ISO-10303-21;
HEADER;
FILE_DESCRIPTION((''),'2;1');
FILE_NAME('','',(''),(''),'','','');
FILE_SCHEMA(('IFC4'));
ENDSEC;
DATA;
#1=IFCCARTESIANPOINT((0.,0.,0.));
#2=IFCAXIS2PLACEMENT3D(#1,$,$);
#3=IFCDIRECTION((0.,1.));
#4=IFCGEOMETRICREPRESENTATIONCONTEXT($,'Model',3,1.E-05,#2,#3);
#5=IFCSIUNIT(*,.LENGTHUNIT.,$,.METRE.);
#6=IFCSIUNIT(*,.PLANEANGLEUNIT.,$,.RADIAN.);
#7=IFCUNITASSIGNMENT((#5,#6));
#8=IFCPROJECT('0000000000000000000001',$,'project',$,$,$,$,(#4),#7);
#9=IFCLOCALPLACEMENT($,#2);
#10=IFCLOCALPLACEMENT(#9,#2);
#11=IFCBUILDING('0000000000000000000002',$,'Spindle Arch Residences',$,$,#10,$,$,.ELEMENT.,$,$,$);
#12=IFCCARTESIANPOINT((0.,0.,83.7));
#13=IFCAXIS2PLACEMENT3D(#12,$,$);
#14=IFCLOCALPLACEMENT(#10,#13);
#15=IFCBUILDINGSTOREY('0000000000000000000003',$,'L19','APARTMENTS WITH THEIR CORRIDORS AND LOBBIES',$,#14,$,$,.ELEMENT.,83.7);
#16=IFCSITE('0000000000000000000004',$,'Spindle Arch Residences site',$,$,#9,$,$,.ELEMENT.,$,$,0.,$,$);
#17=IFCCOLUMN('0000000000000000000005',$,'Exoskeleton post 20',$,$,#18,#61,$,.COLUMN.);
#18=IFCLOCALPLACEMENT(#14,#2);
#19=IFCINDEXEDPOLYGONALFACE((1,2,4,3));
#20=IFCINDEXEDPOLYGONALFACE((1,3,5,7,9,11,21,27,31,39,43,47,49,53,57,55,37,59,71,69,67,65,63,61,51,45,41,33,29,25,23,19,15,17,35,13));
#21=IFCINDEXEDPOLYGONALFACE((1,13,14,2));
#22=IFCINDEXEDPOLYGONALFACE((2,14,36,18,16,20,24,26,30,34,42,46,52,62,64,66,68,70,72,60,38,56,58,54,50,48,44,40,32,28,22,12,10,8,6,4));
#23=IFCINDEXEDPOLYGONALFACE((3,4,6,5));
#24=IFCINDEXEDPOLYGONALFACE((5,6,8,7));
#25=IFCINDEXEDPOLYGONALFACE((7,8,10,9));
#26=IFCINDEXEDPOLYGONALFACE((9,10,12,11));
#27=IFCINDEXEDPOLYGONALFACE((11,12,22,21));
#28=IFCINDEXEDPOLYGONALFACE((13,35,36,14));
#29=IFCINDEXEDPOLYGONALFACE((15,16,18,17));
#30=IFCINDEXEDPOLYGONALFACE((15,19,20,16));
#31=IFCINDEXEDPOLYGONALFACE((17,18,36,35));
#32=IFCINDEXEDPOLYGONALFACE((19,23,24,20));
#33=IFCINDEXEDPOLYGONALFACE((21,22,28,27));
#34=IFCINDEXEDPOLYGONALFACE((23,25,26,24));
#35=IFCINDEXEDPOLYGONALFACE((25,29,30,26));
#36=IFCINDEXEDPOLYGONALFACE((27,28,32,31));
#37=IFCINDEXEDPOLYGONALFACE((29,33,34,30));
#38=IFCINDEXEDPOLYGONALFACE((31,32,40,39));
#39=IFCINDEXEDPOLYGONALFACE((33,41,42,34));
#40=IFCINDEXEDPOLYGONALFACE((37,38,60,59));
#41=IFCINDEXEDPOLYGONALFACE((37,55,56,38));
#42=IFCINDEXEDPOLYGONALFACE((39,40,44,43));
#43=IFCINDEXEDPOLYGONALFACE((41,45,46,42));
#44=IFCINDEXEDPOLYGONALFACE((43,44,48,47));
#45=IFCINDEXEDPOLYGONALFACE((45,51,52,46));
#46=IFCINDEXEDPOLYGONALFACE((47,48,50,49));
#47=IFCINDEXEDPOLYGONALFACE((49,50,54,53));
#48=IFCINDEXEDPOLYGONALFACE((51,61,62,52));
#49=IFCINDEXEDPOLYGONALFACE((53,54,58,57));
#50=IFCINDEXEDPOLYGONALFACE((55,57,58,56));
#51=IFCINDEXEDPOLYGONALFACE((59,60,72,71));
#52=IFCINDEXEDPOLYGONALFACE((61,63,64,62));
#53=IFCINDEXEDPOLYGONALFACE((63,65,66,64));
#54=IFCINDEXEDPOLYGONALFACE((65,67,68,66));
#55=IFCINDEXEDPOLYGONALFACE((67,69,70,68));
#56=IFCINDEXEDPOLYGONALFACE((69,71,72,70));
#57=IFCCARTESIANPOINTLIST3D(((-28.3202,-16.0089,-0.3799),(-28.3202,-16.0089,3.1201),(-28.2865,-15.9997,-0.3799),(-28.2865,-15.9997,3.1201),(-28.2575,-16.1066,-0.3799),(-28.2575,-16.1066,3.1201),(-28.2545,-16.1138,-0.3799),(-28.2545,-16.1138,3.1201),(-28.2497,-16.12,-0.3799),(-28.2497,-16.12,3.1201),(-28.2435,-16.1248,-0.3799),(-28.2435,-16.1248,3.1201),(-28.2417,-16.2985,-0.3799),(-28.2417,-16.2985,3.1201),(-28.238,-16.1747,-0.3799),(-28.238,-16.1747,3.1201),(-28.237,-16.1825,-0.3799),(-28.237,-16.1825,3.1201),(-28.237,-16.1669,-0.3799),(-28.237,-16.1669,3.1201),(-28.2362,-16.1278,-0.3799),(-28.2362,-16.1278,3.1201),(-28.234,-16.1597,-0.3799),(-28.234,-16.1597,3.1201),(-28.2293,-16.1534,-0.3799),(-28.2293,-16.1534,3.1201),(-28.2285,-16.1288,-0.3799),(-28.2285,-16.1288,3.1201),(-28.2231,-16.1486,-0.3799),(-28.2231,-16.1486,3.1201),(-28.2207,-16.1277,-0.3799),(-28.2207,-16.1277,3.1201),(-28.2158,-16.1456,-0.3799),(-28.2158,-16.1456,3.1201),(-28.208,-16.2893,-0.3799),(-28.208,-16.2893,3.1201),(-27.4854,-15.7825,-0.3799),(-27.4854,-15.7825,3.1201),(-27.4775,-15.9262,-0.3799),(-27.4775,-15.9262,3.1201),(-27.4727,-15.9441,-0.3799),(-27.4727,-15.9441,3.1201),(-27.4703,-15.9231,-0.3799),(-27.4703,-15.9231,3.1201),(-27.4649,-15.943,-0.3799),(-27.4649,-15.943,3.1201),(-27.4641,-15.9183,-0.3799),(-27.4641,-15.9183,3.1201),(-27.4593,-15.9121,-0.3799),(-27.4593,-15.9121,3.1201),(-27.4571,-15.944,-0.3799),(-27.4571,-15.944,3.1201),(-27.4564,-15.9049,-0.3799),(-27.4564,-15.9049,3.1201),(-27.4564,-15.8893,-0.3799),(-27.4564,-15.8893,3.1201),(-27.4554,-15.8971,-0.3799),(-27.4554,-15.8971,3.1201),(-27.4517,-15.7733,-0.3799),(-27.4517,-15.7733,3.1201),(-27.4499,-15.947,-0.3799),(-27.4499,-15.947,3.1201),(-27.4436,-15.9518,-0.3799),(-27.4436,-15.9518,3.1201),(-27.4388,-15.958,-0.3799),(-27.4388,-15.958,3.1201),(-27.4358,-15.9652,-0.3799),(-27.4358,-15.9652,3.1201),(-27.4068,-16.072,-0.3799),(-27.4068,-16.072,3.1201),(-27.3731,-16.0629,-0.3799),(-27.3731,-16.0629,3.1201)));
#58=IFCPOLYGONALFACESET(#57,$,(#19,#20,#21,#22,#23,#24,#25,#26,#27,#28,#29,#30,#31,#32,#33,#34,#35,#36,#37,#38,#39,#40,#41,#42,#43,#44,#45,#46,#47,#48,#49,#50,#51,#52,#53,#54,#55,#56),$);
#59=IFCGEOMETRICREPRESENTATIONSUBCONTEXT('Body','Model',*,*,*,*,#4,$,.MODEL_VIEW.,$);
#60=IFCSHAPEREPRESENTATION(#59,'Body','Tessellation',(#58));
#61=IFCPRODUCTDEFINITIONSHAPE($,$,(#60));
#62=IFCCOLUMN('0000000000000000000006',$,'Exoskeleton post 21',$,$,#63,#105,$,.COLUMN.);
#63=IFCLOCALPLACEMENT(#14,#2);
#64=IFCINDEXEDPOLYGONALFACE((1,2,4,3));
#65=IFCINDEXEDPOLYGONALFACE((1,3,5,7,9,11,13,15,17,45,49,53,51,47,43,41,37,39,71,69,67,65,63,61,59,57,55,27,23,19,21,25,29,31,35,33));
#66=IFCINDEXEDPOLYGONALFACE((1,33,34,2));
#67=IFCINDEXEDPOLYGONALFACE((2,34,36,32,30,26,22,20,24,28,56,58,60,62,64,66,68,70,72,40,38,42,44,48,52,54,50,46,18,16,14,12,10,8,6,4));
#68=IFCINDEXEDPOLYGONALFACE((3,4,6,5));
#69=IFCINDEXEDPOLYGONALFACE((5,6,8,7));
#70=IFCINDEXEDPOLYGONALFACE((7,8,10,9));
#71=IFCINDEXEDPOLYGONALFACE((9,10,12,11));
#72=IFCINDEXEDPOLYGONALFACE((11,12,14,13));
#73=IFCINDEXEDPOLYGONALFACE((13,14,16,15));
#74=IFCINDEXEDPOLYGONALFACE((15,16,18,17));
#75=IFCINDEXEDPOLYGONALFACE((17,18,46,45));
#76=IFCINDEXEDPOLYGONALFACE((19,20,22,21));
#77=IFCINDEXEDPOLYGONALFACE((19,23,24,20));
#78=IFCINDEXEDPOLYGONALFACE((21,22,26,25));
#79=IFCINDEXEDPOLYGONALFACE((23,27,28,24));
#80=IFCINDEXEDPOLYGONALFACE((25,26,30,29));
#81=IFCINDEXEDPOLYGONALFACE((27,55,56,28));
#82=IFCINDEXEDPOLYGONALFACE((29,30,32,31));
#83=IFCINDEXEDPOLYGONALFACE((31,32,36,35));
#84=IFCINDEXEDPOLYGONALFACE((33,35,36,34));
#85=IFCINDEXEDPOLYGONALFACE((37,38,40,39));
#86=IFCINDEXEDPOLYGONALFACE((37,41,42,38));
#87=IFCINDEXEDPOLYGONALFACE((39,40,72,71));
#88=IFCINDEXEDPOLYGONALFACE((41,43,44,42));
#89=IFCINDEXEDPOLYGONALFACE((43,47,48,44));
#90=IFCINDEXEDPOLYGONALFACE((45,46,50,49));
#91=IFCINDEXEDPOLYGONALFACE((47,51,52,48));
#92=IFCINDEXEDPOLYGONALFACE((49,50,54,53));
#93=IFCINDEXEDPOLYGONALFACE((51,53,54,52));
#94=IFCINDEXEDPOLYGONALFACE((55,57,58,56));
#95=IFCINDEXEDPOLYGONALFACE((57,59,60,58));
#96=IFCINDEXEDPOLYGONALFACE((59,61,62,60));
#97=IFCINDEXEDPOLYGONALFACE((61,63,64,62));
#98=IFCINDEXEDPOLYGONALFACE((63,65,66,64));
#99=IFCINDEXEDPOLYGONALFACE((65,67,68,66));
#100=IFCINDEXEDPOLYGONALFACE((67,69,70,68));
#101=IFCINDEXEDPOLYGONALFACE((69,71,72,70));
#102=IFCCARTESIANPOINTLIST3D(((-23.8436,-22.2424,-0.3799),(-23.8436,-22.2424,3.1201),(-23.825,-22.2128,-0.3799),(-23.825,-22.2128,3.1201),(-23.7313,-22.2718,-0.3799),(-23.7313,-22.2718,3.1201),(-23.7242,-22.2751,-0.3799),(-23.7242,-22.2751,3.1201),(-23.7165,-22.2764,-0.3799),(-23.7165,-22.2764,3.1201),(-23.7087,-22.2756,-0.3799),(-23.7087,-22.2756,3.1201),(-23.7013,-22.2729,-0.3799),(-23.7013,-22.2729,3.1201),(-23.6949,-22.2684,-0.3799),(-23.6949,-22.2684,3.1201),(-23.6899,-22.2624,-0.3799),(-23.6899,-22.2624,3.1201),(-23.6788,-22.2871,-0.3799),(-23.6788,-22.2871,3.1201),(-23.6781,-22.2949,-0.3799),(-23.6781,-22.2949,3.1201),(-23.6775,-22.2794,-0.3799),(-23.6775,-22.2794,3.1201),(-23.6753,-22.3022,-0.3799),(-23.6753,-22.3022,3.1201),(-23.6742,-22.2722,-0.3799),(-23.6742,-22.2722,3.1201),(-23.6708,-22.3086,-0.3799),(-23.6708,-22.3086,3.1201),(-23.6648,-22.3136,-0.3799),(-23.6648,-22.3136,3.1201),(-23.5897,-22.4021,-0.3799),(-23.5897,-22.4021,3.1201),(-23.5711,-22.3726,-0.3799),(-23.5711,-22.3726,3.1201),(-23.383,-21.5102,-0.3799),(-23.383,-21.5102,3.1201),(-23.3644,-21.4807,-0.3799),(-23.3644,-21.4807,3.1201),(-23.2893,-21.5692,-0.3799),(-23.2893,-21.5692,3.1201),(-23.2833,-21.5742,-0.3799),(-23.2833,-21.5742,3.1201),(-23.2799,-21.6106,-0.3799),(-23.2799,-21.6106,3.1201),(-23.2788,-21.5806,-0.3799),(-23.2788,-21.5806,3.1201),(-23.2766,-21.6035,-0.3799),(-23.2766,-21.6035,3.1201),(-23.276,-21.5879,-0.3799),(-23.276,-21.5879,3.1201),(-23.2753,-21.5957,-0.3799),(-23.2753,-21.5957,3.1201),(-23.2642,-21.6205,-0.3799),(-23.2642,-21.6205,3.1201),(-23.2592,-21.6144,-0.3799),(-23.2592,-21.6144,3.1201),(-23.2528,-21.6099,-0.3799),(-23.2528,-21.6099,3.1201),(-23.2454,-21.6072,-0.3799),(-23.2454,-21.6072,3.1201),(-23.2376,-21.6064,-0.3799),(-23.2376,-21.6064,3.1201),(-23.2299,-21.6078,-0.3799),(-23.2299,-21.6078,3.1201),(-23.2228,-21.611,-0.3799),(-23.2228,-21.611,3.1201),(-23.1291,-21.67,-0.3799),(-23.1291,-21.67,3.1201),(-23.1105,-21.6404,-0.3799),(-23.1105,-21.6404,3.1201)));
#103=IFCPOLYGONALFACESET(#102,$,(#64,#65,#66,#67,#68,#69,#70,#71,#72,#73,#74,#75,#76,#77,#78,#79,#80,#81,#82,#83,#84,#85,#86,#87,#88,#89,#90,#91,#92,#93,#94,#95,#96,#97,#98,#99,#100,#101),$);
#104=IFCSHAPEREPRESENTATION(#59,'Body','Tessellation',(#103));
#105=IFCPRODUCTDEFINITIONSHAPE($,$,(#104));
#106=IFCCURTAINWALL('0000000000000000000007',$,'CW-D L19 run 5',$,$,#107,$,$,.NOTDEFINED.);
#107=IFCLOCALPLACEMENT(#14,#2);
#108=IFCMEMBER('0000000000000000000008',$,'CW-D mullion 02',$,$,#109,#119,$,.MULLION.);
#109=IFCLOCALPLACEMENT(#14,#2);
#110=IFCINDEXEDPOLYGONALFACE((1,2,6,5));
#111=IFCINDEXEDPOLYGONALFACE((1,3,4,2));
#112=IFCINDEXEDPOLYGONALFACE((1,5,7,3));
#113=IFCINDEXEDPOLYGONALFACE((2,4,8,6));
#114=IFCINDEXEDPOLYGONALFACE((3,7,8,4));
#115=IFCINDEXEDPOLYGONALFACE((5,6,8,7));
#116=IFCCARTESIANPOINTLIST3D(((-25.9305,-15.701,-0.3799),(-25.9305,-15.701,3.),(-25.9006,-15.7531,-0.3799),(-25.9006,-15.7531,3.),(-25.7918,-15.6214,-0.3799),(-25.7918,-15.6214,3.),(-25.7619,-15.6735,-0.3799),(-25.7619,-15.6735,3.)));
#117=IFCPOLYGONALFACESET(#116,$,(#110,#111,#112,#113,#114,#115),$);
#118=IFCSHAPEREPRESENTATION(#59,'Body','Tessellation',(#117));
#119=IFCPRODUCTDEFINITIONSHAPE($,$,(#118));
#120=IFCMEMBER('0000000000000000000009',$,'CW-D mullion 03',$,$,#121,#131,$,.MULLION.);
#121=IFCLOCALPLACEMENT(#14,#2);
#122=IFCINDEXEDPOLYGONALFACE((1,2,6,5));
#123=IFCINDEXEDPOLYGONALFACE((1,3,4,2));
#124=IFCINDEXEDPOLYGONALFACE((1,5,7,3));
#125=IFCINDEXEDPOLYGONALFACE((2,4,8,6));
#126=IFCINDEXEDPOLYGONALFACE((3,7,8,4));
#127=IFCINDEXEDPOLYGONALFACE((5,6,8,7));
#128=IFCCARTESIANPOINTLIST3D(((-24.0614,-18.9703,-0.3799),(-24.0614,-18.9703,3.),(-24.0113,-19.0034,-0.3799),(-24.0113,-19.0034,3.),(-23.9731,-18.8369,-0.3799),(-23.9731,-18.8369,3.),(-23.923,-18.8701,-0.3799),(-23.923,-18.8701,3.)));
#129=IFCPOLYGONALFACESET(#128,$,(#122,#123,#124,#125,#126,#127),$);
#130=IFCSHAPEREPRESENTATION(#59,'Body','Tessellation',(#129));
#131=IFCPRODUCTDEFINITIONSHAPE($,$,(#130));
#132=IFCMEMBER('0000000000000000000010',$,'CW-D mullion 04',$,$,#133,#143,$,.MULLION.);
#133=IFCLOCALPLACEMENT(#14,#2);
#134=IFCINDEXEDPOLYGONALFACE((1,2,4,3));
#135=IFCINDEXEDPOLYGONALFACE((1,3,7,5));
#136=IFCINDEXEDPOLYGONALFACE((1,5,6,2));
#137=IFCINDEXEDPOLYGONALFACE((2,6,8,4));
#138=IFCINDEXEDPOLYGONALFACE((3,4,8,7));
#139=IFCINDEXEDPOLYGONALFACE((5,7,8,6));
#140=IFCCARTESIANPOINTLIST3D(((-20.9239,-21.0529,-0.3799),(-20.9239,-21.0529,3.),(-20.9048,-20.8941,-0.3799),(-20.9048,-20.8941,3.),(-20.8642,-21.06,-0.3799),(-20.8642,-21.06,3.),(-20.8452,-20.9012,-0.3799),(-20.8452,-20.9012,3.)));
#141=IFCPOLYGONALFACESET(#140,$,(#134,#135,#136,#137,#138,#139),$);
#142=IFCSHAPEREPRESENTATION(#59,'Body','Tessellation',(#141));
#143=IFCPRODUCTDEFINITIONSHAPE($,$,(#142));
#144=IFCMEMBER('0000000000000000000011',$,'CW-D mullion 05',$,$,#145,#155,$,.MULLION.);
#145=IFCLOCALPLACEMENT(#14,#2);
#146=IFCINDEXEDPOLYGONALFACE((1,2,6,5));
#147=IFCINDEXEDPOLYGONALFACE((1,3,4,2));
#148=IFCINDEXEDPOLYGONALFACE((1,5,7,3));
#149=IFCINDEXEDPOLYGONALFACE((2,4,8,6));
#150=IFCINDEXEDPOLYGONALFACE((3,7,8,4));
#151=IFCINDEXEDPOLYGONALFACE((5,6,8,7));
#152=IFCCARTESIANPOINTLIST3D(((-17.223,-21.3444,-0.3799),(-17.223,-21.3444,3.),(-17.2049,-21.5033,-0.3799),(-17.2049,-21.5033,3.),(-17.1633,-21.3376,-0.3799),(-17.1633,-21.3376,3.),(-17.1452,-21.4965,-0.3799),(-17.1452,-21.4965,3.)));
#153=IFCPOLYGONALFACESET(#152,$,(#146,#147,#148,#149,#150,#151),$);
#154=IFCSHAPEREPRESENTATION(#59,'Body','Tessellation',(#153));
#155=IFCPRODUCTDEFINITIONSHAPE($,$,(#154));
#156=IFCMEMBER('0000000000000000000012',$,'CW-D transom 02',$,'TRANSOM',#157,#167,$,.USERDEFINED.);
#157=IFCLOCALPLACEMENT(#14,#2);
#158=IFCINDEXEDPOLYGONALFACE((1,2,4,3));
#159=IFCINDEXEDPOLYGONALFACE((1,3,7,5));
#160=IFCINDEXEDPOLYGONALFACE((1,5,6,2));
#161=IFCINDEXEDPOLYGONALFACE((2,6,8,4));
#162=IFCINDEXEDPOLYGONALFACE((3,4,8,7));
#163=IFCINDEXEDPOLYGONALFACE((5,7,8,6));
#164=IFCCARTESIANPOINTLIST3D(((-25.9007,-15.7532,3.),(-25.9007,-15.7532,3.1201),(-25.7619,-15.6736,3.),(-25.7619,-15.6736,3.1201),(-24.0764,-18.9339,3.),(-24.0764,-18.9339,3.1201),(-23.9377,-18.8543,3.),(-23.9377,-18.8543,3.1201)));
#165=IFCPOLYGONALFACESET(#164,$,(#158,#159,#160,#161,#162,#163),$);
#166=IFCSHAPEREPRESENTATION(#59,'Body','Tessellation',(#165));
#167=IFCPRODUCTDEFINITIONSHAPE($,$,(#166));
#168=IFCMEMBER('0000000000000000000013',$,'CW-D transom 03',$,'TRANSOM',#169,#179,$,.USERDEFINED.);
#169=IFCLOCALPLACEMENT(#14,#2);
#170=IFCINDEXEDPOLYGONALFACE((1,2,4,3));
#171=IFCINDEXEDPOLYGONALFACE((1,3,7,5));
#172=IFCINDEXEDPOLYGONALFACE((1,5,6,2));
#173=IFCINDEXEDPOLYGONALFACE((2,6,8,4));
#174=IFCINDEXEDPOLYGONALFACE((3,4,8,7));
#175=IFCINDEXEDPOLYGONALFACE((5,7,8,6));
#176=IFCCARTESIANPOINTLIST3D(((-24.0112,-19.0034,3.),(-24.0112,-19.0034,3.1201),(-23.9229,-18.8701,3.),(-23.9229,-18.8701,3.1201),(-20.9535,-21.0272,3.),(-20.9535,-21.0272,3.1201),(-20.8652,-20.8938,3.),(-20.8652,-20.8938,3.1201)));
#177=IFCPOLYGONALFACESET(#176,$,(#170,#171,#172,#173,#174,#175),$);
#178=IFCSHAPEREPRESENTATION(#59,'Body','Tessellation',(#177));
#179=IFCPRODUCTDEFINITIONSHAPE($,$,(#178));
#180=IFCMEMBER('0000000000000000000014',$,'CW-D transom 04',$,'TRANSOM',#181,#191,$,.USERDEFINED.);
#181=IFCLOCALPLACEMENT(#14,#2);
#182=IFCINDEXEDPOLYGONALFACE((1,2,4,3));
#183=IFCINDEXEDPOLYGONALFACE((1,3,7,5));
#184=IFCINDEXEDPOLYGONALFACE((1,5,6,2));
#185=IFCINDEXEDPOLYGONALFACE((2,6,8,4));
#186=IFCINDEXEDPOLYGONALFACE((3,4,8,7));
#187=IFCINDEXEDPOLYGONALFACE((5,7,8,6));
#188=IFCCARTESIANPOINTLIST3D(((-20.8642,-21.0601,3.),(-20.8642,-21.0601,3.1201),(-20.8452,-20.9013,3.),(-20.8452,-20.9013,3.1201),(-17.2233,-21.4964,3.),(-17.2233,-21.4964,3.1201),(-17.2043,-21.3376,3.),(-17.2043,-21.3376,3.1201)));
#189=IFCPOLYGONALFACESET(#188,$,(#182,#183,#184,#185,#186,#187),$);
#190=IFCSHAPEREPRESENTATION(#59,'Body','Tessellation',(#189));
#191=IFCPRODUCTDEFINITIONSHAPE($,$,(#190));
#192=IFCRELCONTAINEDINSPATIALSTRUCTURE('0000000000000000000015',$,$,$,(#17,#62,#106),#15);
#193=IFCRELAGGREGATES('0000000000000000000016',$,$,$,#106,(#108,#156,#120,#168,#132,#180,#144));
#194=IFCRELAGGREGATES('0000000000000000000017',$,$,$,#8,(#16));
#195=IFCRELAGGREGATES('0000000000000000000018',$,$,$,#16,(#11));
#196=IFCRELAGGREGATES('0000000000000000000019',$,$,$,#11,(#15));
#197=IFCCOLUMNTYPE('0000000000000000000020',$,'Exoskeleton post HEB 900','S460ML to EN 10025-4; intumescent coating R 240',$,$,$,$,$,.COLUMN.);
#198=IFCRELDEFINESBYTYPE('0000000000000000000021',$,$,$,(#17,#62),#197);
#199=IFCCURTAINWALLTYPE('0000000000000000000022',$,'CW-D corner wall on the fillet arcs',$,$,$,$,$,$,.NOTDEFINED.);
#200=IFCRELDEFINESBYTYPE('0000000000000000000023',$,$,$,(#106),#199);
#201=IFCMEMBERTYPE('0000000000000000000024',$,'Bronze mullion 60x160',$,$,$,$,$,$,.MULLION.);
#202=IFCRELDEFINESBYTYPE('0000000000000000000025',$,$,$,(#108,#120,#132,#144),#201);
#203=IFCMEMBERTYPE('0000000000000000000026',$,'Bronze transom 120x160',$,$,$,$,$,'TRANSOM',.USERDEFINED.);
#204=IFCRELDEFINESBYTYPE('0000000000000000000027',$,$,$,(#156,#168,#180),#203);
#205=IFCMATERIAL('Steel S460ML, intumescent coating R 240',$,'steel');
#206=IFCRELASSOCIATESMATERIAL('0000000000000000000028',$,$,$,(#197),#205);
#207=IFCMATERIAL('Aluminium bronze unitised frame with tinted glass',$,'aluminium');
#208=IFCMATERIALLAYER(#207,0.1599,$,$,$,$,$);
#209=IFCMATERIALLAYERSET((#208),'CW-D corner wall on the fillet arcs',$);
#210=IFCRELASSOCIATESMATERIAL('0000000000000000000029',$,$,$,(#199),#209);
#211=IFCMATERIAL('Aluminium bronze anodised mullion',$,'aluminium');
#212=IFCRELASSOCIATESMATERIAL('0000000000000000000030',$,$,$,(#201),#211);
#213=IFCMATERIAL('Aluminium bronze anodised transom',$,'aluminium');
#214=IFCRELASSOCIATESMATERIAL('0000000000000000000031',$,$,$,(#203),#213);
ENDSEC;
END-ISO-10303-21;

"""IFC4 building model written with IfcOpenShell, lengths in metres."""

from ifc_helpers import new_model, si_unit, direction, frame, origin, origin_2d, place, context, subcontext, project, spatial, rectangle, i_section, extrude, material, layer, layer_set, material_profile, profile_set, type_object, element, aggregate, save


model = new_model("IFC4")

# Units and contexts
model_context = context("Model", 3, precision=1e-05, world=origin(), true_north=direction((0.0, 1.0)))
body_context = subcontext(model_context, "Body", "Model", "MODEL_VIEW")
ifc_project = project(units=[si_unit("LENGTHUNIT", "METRE"), si_unit("PLANEANGLEUNIT", "RADIAN")], contexts=[model_context])

# Site, building, storey
site_placement = place(None, origin())
site = spatial("IfcSite", under=ifc_project, at=site_placement, Name="Spindle Arch Residences site", CompositionType="ELEMENT", RefElevation=0.0)
building_placement = place(site_placement, origin())
building = spatial("IfcBuilding", under=site, at=building_placement, Name="Spindle Arch Residences", CompositionType="ELEMENT")
storey_placement = place(building_placement, frame((0.0, 0.0, 83.7)))
storey = spatial("IfcBuildingStorey", under=building, at=storey_placement, Name="L19", Description="APARTMENTS WITH THEIR CORRIDORS AND LOBBIES", CompositionType="ELEMENT", Elevation=83.7)

# Columns
ifc_material_1 = material(Name="Steel S460ML, intumescent coating R 240", Category="steel")
ifc_material_profile_1 = material_profile(ifc_material_1, i_section(OverallWidth=0.3, OverallDepth=0.8999, WebThickness=0.0186, FlangeThickness=0.0349, FilletRadius=0.03, at=origin_2d()), Name="HEB 900")
ifc_profile_set_1 = profile_set([ifc_material_profile_1], Name="Steel S460ML, intumescent coating R 240")
column_type = type_object("IfcColumnType", Name="Exoskeleton post HEB 900", Description="S460ML to EN 10025-4; intumescent coating R 240", PredefinedType="COLUMN", material=ifc_profile_set_1)
for number, where, z_axis, x_axis, name in (
    (1, (-27.8467, -16.0359, -0.3799), (0.0, 0.0, 1.0), (-0.261742, 0.965138, 0.0), "Exoskeleton post 20"),
    (2, (-23.4771, -21.9414, -0.3799), (0.0, 0.0, 1.0), (-0.84644, 0.532484, 0.0), "Exoskeleton post 21"),
):
    element("IfcColumn", number, at=place(storey_placement, frame(where, z_axis=z_axis, x_axis=x_axis)), inside=storey, type_object=column_type, Name=name, PredefinedType="COLUMN", context=body_context, shape_type="SweptSolid", body=[
        extrude(i_section(OverallWidth=0.3, OverallDepth=0.8999, WebThickness=0.0186, FlangeThickness=0.0349, FilletRadius=0.03, at=origin_2d()), origin(), (0.0, 0.0, 1.0), 3.5),
    ])

# Curtain wall, members
ifc_material_2 = material(Name="Aluminium bronze unitised frame with tinted glass", Category="aluminium")
ifc_layer_1 = layer(ifc_material_2, 0.1599)
ifc_layer_set_1 = layer_set([ifc_layer_1], Name="CW-D corner wall on the fillet arcs")
curtain_wall_type = type_object("IfcCurtainWallType", Name="CW-D corner wall on the fillet arcs", PredefinedType="NOTDEFINED", material=ifc_layer_set_1)
curtain_wall_placement = place(storey_placement, origin())
curtain_wall = element("IfcCurtainWall", 3, at=curtain_wall_placement, inside=storey, type_object=curtain_wall_type, Name="CW-D L19 run 5", PredefinedType="NOTDEFINED")
ifc_material_3 = material(Name="Aluminium bronze anodised mullion", Category="aluminium")
ifc_material_profile_2 = material_profile(ifc_material_3, rectangle(XDim=0.1599, YDim=0.0601, at=origin_2d()), Name="MU 60x160")
ifc_profile_set_2 = profile_set([ifc_material_profile_2], Name="Aluminium bronze anodised mullion")
member_type_1 = type_object("IfcMemberType", Name="Bronze mullion 60x160", PredefinedType="MULLION", material=ifc_profile_set_2)
member_1_placement = place(storey_placement, frame((-25.8462, -15.6873, -0.3799), z_axis=(0.0, 0.0, 1.0), x_axis=(0.867476, 0.497479, 0.0)))
member_1 = element("IfcMember", 4, at=member_1_placement, type_object=member_type_1, Name="CW-D mullion 02", PredefinedType="MULLION", context=body_context, shape_type="SweptSolid", body=[
    extrude(rectangle(XDim=0.1599, YDim=0.0601, at=origin_2d()), origin(), (0.0, 0.0, 1.0), 3.3799),
])
member_2_placement = place(storey_placement, frame((-23.9922, -18.9202, -0.3799), z_axis=(0.0, 0.0, 1.0), x_axis=(0.551937, 0.833886, 0.0)))
member_2 = element("IfcMember", 5, at=member_2_placement, type_object=member_type_1, Name="CW-D mullion 03", PredefinedType="MULLION", context=body_context, shape_type="SweptSolid", body=[
    extrude(rectangle(XDim=0.1599, YDim=0.0601, at=origin_2d()), origin(), (0.0, 0.0, 1.0), 3.3799),
])
member_3_placement = place(storey_placement, frame((-20.8845, -20.9771, -0.3799), z_axis=(0.0, 0.0, 1.0), x_axis=(0.118982, 0.992896, 0.0)))
member_3 = element("IfcMember", 6, at=member_3_placement, type_object=member_type_1, Name="CW-D mullion 04", PredefinedType="MULLION", context=body_context, shape_type="SweptSolid", body=[
    extrude(rectangle(XDim=0.1599, YDim=0.0601, at=origin_2d()), origin(), (0.0, 0.0, 1.0), 3.3799),
])
member_4_placement = place(storey_placement, frame((-17.1841, -21.4204, -0.3799), z_axis=(0.0, 0.0, 1.0), x_axis=(-0.113203, 0.993572, 0.0)))
member_4 = element("IfcMember", 7, at=member_4_placement, type_object=member_type_1, Name="CW-D mullion 05", PredefinedType="MULLION", context=body_context, shape_type="SweptSolid", body=[
    extrude(rectangle(XDim=0.1599, YDim=0.0601, at=origin_2d()), origin(), (0.0, 0.0, 1.0), 3.3799),
])
ifc_material_4 = material(Name="Aluminium bronze anodised transom", Category="aluminium")
ifc_material_profile_3 = material_profile(ifc_material_4, rectangle(XDim=0.1599, YDim=0.1201, at=origin_2d()), Name="TR 120x160")
ifc_profile_set_3 = profile_set([ifc_material_profile_3], Name="Aluminium bronze anodised transom")
member_type_2 = type_object("IfcMemberType", Name="Bronze transom 120x160", ElementType="TRANSOM", PredefinedType="USERDEFINED", material=ifc_profile_set_3)
member_5_placement = place(storey_placement, frame((-25.8313, -15.7134, 3.0601), z_axis=(0.497515, -0.867455, 0.0), x_axis=(0.867455, 0.497515, 0.0)))
member_5 = element("IfcMember", 8, at=member_5_placement, type_object=member_type_2, Name="CW-D transom 02", ObjectType="TRANSOM", PredefinedType="USERDEFINED", context=body_context, shape_type="SweptSolid", body=[
    extrude(rectangle(XDim=0.1599, YDim=0.1201, at=origin_2d()), origin(), (0.0, 0.0, 1.0), 3.6667),
])
member_6_placement = place(storey_placement, frame((-23.967, -18.9368, 3.0601), z_axis=(0.8339, -0.551916, 0.0), x_axis=(0.551916, 0.8339, 0.0)))
member_6 = element("IfcMember", 9, at=member_6_placement, type_object=member_type_2, Name="CW-D transom 03", ObjectType="TRANSOM", PredefinedType="USERDEFINED", context=body_context, shape_type="SweptSolid", body=[
    extrude(rectangle(XDim=0.1599, YDim=0.1201, at=origin_2d()), origin(), (0.0, 0.0, 1.0), 3.6667),
])
member_7_placement = place(storey_placement, frame((-20.8547, -20.9807, 3.0601), z_axis=(0.992897, -0.118977, 0.0), x_axis=(0.118977, 0.992897, 0.0)))
member_7 = element("IfcMember", 10, at=member_7_placement, type_object=member_type_2, Name="CW-D transom 04", ObjectType="TRANSOM", PredefinedType="USERDEFINED", context=body_context, shape_type="SweptSolid", body=[
    extrude(rectangle(XDim=0.1599, YDim=0.1201, at=origin_2d()), origin(), (0.0, 0.0, 1.0), 3.667),
])

aggregate(curtain_wall, [member_1, member_5, member_2, member_6, member_3, member_7, member_4])

save(model, "model.ifc")
